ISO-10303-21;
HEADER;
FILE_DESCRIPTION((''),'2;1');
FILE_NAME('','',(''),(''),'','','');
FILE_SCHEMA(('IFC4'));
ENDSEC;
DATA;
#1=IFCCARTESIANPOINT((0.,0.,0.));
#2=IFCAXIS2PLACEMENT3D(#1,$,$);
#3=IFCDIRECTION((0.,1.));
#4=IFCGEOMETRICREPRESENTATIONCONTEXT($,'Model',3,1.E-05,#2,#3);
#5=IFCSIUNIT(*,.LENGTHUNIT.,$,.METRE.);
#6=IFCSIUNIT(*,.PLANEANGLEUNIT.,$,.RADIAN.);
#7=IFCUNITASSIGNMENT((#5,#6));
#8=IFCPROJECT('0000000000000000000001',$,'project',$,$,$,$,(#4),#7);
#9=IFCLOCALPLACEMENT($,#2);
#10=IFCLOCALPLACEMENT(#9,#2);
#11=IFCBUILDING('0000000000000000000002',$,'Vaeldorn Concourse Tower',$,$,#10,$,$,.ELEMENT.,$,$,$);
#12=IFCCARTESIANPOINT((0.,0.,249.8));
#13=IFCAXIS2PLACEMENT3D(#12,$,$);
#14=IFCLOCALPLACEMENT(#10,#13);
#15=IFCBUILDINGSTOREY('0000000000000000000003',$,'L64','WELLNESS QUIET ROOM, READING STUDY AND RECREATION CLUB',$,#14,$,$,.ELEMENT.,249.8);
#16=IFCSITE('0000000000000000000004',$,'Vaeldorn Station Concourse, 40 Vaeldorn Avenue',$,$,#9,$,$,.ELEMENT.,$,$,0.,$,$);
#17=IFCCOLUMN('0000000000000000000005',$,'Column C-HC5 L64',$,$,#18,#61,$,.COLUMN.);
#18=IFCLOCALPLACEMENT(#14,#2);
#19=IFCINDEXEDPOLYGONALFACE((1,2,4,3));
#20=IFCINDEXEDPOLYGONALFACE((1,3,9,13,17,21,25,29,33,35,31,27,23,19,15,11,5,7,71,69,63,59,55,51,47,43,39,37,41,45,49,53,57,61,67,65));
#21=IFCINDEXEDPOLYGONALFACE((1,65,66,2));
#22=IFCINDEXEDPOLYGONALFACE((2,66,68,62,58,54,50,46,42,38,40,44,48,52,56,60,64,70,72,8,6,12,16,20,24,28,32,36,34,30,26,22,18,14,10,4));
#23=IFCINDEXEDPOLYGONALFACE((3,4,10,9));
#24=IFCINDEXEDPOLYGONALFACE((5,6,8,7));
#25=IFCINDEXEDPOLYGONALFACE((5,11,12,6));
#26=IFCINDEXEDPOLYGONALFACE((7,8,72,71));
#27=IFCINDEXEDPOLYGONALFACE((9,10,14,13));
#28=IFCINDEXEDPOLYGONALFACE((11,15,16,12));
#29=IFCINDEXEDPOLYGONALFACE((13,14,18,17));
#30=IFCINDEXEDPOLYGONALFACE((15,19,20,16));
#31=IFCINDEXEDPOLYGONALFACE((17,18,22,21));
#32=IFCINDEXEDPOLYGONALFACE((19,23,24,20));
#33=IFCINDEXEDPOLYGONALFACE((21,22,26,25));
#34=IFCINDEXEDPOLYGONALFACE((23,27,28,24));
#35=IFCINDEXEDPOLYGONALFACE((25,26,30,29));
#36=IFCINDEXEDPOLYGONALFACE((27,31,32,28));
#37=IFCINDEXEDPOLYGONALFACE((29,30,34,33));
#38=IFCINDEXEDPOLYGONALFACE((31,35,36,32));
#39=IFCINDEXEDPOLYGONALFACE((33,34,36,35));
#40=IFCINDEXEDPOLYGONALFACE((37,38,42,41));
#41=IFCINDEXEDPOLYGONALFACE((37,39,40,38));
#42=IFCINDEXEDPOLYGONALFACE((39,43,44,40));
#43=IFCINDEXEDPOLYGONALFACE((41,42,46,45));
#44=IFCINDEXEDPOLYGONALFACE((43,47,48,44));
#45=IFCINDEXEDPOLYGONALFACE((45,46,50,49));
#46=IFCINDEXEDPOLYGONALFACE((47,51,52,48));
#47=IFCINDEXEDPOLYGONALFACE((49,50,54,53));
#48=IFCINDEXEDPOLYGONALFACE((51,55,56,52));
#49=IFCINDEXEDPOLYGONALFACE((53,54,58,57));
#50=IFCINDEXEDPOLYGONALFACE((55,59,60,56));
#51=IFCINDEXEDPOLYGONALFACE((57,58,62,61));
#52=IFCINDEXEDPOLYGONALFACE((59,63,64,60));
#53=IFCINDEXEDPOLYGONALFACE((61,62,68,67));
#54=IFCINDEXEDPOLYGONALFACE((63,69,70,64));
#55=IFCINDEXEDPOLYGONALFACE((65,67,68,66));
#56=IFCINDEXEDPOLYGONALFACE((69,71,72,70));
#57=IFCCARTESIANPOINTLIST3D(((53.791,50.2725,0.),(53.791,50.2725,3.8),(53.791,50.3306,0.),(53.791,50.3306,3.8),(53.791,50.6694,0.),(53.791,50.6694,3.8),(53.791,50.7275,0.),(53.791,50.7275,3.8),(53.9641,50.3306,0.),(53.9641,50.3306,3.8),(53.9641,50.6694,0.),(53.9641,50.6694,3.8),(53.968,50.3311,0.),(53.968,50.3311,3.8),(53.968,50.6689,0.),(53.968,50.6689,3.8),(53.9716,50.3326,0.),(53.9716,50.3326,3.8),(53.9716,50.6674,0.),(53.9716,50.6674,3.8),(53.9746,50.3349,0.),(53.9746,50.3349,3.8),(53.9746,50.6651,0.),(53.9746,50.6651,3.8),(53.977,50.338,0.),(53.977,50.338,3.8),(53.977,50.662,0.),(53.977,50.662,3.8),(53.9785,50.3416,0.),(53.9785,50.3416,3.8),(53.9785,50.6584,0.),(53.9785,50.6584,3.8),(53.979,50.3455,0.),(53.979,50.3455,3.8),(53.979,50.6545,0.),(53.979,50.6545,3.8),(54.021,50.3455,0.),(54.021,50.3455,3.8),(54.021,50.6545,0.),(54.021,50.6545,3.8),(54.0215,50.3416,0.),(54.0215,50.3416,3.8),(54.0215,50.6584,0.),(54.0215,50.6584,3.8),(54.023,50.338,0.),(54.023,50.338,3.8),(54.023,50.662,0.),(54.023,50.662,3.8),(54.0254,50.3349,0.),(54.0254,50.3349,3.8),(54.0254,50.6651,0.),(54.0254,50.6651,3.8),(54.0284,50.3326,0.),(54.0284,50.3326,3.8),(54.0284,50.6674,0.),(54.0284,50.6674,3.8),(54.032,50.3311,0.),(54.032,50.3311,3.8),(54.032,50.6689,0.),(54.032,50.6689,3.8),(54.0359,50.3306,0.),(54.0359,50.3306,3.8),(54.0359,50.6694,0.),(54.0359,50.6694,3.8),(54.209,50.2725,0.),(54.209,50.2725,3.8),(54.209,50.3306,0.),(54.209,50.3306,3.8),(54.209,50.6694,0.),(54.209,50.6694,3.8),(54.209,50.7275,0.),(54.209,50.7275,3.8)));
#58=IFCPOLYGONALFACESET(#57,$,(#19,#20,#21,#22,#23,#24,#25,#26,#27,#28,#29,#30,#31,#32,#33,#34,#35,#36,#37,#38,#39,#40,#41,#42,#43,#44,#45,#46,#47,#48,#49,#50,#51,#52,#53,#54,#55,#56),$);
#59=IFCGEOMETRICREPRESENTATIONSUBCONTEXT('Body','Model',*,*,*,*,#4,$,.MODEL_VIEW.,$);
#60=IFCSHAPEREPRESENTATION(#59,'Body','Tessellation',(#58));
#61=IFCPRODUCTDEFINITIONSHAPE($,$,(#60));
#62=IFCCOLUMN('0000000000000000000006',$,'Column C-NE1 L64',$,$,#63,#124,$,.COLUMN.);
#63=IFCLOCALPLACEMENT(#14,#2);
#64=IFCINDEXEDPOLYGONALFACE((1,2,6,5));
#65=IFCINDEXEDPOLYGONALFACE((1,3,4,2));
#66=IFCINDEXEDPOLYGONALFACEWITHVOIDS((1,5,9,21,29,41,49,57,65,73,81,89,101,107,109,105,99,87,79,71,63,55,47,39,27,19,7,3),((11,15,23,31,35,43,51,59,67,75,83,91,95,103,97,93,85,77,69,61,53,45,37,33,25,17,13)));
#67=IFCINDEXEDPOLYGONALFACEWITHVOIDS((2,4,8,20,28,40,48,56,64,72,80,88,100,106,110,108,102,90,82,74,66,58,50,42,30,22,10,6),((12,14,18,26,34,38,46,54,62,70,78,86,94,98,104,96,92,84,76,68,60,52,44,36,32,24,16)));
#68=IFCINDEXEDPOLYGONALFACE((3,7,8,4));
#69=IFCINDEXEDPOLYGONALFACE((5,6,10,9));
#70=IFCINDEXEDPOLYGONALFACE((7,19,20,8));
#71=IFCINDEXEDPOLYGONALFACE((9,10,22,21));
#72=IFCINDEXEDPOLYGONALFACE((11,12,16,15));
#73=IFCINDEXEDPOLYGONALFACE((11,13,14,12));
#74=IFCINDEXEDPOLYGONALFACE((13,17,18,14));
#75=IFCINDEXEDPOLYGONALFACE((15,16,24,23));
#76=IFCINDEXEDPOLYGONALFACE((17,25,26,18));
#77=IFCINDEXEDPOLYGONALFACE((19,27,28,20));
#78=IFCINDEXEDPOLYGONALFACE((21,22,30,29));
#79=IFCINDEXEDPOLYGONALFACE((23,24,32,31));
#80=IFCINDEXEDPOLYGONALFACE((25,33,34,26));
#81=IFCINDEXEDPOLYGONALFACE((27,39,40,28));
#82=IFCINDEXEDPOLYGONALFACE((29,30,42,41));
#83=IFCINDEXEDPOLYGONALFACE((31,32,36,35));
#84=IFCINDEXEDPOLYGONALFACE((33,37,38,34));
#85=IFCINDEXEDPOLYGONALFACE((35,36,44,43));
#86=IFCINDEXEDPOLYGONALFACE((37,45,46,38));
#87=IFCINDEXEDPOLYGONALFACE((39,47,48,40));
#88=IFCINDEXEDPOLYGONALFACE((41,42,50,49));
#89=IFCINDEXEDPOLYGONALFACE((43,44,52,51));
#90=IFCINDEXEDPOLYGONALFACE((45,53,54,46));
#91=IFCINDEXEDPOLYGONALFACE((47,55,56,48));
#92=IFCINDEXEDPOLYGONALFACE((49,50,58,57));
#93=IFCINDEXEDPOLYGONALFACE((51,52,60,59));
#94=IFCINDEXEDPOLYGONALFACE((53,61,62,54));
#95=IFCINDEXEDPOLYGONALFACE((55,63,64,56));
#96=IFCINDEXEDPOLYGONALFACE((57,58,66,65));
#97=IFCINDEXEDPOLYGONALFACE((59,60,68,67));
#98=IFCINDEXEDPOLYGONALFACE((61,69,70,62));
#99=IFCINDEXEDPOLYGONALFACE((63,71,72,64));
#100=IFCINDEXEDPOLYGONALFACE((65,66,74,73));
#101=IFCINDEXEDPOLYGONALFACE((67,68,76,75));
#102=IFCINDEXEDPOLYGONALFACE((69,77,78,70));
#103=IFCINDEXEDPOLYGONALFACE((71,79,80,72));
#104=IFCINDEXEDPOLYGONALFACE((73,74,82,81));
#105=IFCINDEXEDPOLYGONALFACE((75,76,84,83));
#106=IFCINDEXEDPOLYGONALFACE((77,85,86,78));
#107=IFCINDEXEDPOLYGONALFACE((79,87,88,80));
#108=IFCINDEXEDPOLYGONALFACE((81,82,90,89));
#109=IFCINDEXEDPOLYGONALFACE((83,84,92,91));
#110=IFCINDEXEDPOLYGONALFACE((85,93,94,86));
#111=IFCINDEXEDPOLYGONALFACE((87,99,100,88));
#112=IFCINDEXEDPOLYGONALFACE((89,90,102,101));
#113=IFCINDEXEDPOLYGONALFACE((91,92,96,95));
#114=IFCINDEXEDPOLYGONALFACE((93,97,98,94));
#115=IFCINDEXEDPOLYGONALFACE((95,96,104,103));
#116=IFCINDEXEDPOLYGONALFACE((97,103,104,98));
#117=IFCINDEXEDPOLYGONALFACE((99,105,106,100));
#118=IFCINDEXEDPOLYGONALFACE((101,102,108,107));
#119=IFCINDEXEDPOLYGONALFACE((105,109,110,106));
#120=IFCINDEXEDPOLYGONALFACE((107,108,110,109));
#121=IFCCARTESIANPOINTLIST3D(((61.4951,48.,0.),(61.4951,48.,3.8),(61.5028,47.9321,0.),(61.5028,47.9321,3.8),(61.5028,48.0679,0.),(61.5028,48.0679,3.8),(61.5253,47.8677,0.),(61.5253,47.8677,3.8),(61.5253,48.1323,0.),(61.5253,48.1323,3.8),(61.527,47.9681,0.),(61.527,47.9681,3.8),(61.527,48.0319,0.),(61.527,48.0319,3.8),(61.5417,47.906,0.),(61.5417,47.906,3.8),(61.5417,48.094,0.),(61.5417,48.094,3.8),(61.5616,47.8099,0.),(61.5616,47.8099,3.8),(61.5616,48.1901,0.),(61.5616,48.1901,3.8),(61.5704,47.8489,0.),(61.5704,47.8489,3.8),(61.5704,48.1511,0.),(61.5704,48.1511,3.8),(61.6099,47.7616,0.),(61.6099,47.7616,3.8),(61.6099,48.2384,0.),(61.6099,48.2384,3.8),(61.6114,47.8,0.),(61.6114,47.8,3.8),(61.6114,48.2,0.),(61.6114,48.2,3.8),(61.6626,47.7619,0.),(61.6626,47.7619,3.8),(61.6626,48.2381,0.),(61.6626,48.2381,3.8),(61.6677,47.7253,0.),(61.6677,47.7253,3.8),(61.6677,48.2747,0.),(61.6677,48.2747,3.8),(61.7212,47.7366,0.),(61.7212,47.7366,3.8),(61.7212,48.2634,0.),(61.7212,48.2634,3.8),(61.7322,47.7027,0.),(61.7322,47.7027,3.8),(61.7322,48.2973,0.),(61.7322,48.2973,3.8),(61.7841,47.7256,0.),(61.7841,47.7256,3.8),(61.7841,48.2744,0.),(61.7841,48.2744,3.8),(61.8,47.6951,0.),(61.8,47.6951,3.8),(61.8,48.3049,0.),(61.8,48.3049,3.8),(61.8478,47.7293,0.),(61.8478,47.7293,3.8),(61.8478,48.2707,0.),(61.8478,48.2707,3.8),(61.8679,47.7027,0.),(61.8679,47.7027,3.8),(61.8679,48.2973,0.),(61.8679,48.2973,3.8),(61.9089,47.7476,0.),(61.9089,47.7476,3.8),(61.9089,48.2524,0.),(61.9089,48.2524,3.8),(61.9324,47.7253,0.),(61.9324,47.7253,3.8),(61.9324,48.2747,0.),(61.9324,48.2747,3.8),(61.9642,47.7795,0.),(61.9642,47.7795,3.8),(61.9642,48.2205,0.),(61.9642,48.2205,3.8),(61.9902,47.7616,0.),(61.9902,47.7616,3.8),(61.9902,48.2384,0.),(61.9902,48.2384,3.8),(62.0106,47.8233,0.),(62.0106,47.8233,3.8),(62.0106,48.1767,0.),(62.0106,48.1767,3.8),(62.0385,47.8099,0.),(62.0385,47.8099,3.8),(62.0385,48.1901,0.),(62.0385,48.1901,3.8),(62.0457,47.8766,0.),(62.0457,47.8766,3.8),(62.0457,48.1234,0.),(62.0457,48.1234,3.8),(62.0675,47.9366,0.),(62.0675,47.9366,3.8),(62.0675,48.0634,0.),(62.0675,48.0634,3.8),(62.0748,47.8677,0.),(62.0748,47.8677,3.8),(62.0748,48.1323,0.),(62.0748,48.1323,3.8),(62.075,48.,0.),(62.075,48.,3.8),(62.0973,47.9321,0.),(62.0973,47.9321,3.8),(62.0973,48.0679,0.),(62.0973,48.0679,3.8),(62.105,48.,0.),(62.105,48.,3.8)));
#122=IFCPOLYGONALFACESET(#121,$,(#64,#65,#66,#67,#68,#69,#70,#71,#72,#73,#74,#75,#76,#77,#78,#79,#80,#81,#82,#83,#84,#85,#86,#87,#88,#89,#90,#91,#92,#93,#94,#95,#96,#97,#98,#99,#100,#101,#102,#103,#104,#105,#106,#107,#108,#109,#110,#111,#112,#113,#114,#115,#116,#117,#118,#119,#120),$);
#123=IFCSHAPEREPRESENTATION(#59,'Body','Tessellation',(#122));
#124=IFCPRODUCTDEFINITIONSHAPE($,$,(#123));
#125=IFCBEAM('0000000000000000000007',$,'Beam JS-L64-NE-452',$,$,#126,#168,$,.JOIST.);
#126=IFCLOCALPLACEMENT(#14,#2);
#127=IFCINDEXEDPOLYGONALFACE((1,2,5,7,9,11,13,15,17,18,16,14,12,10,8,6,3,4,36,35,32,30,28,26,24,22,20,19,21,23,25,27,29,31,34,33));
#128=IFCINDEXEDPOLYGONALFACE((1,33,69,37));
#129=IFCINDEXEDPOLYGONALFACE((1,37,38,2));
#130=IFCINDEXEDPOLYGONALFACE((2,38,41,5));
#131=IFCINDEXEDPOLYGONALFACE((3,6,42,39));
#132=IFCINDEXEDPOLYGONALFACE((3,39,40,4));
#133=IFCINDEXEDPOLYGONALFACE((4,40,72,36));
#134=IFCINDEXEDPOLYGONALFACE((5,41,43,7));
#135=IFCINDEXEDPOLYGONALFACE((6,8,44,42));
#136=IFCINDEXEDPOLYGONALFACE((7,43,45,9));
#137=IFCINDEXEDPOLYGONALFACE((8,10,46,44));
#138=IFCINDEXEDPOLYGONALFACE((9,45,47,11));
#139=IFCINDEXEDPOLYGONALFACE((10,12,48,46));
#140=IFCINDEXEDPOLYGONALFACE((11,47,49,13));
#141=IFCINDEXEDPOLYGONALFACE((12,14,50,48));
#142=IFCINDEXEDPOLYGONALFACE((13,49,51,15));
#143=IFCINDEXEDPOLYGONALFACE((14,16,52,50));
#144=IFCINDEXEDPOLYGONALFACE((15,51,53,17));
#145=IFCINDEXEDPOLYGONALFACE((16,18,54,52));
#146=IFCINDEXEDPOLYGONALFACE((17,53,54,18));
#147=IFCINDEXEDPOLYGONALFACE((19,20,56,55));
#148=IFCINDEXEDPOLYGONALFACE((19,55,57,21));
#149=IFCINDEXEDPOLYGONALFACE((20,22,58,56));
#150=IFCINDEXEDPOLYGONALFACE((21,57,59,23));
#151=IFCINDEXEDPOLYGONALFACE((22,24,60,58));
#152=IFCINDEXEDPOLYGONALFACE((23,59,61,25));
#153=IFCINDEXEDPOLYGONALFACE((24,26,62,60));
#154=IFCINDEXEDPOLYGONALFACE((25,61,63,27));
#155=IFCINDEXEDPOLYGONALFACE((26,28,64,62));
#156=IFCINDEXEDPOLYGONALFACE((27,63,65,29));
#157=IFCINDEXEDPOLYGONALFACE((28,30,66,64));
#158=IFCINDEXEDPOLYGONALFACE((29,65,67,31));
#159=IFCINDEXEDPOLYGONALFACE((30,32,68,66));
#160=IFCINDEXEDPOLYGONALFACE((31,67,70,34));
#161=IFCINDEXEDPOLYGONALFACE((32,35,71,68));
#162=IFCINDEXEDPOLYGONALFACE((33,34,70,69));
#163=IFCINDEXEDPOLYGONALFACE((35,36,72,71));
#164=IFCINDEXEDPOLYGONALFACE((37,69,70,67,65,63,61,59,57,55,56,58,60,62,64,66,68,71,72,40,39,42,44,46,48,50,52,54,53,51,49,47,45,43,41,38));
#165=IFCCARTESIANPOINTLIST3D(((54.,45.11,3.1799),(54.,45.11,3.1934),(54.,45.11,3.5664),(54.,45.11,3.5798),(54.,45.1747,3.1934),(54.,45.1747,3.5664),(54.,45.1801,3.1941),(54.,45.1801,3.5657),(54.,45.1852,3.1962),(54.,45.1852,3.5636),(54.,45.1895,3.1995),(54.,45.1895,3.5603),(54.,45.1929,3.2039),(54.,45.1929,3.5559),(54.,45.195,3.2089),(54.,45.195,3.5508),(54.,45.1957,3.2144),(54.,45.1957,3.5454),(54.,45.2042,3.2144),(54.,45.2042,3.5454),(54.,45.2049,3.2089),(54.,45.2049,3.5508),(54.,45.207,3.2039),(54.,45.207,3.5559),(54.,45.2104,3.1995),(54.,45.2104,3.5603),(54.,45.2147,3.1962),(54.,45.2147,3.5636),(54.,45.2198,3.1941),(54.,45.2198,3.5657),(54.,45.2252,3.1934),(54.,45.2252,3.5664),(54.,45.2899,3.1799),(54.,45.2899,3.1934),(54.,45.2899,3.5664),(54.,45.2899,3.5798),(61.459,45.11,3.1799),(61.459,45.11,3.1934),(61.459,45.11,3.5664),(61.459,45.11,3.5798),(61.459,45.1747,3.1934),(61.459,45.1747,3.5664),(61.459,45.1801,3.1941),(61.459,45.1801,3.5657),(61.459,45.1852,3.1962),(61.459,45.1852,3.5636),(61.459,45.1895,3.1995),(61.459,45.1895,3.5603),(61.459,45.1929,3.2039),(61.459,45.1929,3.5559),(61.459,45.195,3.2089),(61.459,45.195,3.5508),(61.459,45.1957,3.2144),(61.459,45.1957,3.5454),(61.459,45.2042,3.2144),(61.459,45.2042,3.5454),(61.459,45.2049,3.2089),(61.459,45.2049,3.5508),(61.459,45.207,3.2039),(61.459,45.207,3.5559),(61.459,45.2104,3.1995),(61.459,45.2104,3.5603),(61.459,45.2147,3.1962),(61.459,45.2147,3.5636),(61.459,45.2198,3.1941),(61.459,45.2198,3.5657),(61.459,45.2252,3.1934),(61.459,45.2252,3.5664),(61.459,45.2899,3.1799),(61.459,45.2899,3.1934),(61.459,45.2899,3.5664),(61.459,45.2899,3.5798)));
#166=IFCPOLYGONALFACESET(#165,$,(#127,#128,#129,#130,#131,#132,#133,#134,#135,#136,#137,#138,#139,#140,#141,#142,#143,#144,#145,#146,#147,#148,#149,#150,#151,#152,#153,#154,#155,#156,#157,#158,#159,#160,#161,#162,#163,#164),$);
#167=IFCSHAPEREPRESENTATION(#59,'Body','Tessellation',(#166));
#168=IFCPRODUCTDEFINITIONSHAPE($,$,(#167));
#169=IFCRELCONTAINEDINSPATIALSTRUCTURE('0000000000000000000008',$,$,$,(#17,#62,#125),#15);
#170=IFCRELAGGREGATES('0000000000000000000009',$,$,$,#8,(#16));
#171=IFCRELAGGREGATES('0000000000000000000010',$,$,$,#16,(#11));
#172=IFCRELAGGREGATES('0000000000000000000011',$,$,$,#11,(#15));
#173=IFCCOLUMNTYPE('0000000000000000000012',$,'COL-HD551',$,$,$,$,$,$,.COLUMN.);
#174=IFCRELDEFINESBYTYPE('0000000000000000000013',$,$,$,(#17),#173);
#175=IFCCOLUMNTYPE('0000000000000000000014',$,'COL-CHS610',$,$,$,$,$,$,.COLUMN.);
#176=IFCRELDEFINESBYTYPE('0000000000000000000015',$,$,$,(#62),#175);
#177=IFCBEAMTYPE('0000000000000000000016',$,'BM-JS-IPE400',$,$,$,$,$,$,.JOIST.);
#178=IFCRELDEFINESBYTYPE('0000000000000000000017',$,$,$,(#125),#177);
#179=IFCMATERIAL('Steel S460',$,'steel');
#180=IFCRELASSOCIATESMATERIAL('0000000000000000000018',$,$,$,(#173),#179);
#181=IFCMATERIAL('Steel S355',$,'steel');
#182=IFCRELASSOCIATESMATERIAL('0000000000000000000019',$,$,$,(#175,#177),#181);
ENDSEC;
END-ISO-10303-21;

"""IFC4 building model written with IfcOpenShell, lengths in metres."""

from ifc_helpers import new_model, si_unit, direction, frame, origin, origin_2d, place, context, subcontext, project, spatial, hollow_circle, i_section, extrude, source, transform, mapped, material, material_profile, profile_set, type_object, element, save


model = new_model("IFC4")

# Units and contexts
model_context = context("Model", 3, precision=1e-05, world=origin(), true_north=direction((0.0, 1.0)))
body_context = subcontext(model_context, "Body", "Model", "MODEL_VIEW")
ifc_project = project(units=[si_unit("LENGTHUNIT", "METRE"), si_unit("PLANEANGLEUNIT", "RADIAN")], contexts=[model_context])

# Site, building, storey
site_placement = place(None, origin())
site = spatial("IfcSite", under=ifc_project, at=site_placement, Name="Vaeldorn Station Concourse, 40 Vaeldorn Avenue", CompositionType="ELEMENT", RefElevation=0.0)
building_placement = place(site_placement, origin())
building = spatial("IfcBuilding", under=site, at=building_placement, Name="Vaeldorn Concourse Tower", CompositionType="ELEMENT")
storey_placement = place(building_placement, frame((0.0, 0.0, 249.8)))
storey = spatial("IfcBuildingStorey", under=building, at=storey_placement, Name="L64", Description="WELLNESS QUIET ROOM, READING STUDY AND RECREATION CLUB", CompositionType="ELEMENT", Elevation=249.8)

# Columns
ifc_material_1 = material(Name="Steel S460", Category="steel")
ifc_material_profile_1 = material_profile(ifc_material_1, i_section(OverallWidth=0.418, OverallDepth=0.4551, WebThickness=0.042, FlangeThickness=0.0581, FilletRadius=0.0149, at=origin_2d()), Name="HD 400x551")
ifc_profile_set_1 = profile_set([ifc_material_profile_1], Name="Steel S460")
column_type_1 = type_object("IfcColumnType", Name="COL-HD551", PredefinedType="COLUMN", material=ifc_profile_set_1)
shared_shape_1 = source(origin(), body_context, "Body", "SweptSolid", [
    extrude(i_section(OverallWidth=0.418, OverallDepth=0.4551, WebThickness=0.042, FlangeThickness=0.0581, FilletRadius=0.0149, at=origin_2d()), origin(), (0.0, 0.0, 1.0), 3.8),
])
column_1_placement = place(storey_placement, frame((54.0, 50.5, 0.0), z_axis=(0.0, 0.0, 1.0), x_axis=(1.0, 0.0, 0.0)))
element("IfcColumn", 1, at=column_1_placement, inside=storey, type_object=column_type_1, Name="Column C-HC5 L64", PredefinedType="COLUMN", context=body_context, shape_type="MappedRepresentation", body=[
    mapped(shared_shape_1, transform((0.0, 0.0, 0.0), scale=1.0)),
])
ifc_material_2 = material(Name="Steel S355", Category="steel")
ifc_material_profile_2 = material_profile(ifc_material_2, hollow_circle(Radius=0.3049, WallThickness=0.03, at=origin_2d()), Name="CHS 610x30")
ifc_profile_set_2 = profile_set([ifc_material_profile_2], Name="Steel S355")
column_type_2 = type_object("IfcColumnType", Name="COL-CHS610", PredefinedType="COLUMN", material=ifc_profile_set_2)
shared_shape_2 = source(origin(), body_context, "Body", "SweptSolid", [
    extrude(hollow_circle(Radius=0.3049, WallThickness=0.03, at=origin_2d()), origin(), (0.0, 0.0, 1.0), 3.8),
])
column_2_placement = place(storey_placement, frame((61.8, 48.0, 0.0), z_axis=(0.0, 0.0, 1.0), x_axis=(1.0, 0.0, 0.0)))
element("IfcColumn", 2, at=column_2_placement, inside=storey, type_object=column_type_2, Name="Column C-NE1 L64", PredefinedType="COLUMN", context=body_context, shape_type="MappedRepresentation", body=[
    mapped(shared_shape_2, transform((0.0, 0.0, 0.0), scale=1.0)),
])

# Beam
ifc_material_profile_3 = material_profile(ifc_material_2, i_section(OverallWidth=0.1799, OverallDepth=0.3999, WebThickness=0.0085, FlangeThickness=0.0134, FilletRadius=0.021, at=origin_2d()), Name="IPE 400")
ifc_profile_set_3 = profile_set([ifc_material_profile_3], Name="Steel S355")
beam_type_1 = type_object("IfcBeamType", Name="BM-JS-IPE400", PredefinedType="JOIST", material=ifc_profile_set_3)
shared_shape_3 = source(origin(), body_context, "Body", "SweptSolid", [
    extrude(i_section(OverallWidth=0.1799, OverallDepth=0.3999, WebThickness=0.0085, FlangeThickness=0.0134, FilletRadius=0.021, at=origin_2d()), origin(), (0.0, 0.0, 1.0), 7.459),
])
beam_1_placement = place(storey_placement, frame((54.0, 45.2, 3.3799), z_axis=(1.0, 0.0, 0.0), x_axis=(0.0, 1.0, 0.0)))
element("IfcBeam", 3, at=beam_1_placement, inside=storey, type_object=beam_type_1, Name="Beam JS-L64-NE-452", PredefinedType="JOIST", context=body_context, shape_type="MappedRepresentation", body=[
    mapped(shared_shape_3, transform((0.0, 0.0, 0.0), scale=1.0)),
])

save(model, "model.ifc")
